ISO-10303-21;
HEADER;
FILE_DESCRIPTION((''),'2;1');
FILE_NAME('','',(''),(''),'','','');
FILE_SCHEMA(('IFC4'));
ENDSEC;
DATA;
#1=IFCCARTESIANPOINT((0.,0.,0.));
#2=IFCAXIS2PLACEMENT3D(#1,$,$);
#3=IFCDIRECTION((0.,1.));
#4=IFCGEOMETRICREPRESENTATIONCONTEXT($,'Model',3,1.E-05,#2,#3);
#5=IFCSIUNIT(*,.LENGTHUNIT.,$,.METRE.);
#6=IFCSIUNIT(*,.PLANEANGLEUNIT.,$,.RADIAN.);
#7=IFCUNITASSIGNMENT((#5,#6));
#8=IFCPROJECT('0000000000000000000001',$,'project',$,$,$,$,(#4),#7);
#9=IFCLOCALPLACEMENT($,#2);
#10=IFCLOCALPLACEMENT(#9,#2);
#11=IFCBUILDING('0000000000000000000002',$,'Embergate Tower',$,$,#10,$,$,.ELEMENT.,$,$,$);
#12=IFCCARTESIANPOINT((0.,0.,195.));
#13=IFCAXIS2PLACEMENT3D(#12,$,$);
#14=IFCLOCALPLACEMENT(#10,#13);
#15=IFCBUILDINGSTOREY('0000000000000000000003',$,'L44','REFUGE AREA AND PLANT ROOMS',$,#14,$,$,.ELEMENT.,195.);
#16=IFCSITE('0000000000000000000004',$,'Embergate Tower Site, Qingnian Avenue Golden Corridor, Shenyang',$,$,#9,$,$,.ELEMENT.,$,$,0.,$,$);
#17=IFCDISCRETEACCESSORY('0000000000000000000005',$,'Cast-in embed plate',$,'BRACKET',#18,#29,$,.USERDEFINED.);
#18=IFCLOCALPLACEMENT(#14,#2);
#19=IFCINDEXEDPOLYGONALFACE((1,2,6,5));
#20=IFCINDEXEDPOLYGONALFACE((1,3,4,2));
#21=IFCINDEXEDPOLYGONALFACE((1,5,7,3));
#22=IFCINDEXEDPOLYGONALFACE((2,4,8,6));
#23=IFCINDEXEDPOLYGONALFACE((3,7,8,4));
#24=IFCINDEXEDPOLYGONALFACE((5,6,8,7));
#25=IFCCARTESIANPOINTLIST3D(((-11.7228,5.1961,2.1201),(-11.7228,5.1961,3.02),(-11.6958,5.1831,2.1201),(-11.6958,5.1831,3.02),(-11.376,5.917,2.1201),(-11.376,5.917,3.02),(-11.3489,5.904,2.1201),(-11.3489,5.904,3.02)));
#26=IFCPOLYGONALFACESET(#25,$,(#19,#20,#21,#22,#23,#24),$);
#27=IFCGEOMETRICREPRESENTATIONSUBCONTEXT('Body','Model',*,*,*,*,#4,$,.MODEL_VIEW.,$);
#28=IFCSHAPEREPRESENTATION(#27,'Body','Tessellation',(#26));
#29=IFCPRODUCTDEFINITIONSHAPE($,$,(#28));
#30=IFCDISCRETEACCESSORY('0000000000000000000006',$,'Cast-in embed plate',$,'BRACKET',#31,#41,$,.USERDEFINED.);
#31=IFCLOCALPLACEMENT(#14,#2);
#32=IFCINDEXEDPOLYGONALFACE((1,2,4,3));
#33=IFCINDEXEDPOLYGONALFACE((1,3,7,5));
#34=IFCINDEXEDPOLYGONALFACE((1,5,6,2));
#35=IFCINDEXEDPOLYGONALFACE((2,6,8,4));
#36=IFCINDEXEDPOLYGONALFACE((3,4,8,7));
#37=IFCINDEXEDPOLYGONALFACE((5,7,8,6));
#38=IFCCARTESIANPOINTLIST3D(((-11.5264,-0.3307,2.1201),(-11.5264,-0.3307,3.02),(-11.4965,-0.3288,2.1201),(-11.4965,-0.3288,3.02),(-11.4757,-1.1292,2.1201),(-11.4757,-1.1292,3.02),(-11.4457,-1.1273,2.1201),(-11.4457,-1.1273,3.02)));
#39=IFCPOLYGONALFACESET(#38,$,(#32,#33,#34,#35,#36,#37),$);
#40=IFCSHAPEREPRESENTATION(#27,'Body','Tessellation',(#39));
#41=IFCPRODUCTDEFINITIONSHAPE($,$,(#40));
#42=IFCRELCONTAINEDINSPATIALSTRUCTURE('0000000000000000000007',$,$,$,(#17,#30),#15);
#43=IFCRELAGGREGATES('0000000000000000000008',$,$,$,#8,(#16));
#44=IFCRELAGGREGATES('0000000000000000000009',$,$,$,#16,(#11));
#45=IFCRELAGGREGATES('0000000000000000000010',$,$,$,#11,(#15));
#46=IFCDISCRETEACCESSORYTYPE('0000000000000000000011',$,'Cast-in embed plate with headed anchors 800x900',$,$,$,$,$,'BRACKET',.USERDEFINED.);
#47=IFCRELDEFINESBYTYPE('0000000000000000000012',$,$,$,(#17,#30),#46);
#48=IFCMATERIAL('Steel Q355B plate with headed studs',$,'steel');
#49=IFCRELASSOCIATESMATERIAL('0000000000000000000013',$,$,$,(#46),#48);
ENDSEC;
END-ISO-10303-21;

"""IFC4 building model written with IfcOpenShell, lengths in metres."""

from ifc_helpers import new_model, si_unit, direction, frame, origin, origin_2d, place, context, subcontext, project, spatial, rectangle, extrude, source, transform, mapped, material, type_object, element, save


model = new_model("IFC4")

# Units and contexts
model_context = context("Model", 3, precision=1e-05, world=origin(), true_north=direction((0.0, 1.0)))
body_context = subcontext(model_context, "Body", "Model", "MODEL_VIEW")
ifc_project = project(units=[si_unit("LENGTHUNIT", "METRE"), si_unit("PLANEANGLEUNIT", "RADIAN")], contexts=[model_context])

# Site, building, storey
site_placement = place(None, origin())
site = spatial("IfcSite", under=ifc_project, at=site_placement, Name="Embergate Tower Site, Qingnian Avenue Golden Corridor, Shenyang", CompositionType="ELEMENT", RefElevation=0.0)
building_placement = place(site_placement, origin())
building = spatial("IfcBuilding", under=site, at=building_placement, Name="Embergate Tower", CompositionType="ELEMENT")
storey_placement = place(building_placement, frame((0.0, 0.0, 195.0)))
storey = spatial("IfcBuildingStorey", under=building, at=storey_placement, Name="L44", Description="REFUGE AREA AND PLANT ROOMS", CompositionType="ELEMENT", Elevation=195.0)

# Discrete accessories
ifc_material_1 = material(Name="Steel Q355B plate with headed studs", Category="steel")
discrete_accessory_type = type_object("IfcDiscreteAccessoryType", Name="Cast-in embed plate with headed anchors 800x900", ElementType="BRACKET", PredefinedType="USERDEFINED", material=ifc_material_1)
shared_shape_1 = source(origin(), body_context, "Body", "SweptSolid", [
    extrude(rectangle(XDim=0.03, YDim=0.8, at=origin_2d()), origin(), (0.0, 0.0, 1.0), 0.8999),
])
for number, where, z_axis, x_axis, name in (
    (1, (-11.5359, 5.55, 2.1201), (0.0, 0.0, 1.0), (-0.901145, 0.433518, 0.0), "Cast-in embed plate"),
    (2, (-11.4861, -0.729, 2.1201), (0.0, 0.0, 1.0), (-0.997987, -0.063418, 0.0), "Cast-in embed plate"),
):
    element("IfcDiscreteAccessory", number, at=place(storey_placement, frame(where, z_axis=z_axis, x_axis=x_axis)), inside=storey, type_object=discrete_accessory_type, Name=name, ObjectType="BRACKET", PredefinedType="USERDEFINED", context=body_context, shape_type="MappedRepresentation", body=[
        mapped(shared_shape_1, transform((0.0, 0.0, 0.0))),
    ])

save(model, "model.ifc")
